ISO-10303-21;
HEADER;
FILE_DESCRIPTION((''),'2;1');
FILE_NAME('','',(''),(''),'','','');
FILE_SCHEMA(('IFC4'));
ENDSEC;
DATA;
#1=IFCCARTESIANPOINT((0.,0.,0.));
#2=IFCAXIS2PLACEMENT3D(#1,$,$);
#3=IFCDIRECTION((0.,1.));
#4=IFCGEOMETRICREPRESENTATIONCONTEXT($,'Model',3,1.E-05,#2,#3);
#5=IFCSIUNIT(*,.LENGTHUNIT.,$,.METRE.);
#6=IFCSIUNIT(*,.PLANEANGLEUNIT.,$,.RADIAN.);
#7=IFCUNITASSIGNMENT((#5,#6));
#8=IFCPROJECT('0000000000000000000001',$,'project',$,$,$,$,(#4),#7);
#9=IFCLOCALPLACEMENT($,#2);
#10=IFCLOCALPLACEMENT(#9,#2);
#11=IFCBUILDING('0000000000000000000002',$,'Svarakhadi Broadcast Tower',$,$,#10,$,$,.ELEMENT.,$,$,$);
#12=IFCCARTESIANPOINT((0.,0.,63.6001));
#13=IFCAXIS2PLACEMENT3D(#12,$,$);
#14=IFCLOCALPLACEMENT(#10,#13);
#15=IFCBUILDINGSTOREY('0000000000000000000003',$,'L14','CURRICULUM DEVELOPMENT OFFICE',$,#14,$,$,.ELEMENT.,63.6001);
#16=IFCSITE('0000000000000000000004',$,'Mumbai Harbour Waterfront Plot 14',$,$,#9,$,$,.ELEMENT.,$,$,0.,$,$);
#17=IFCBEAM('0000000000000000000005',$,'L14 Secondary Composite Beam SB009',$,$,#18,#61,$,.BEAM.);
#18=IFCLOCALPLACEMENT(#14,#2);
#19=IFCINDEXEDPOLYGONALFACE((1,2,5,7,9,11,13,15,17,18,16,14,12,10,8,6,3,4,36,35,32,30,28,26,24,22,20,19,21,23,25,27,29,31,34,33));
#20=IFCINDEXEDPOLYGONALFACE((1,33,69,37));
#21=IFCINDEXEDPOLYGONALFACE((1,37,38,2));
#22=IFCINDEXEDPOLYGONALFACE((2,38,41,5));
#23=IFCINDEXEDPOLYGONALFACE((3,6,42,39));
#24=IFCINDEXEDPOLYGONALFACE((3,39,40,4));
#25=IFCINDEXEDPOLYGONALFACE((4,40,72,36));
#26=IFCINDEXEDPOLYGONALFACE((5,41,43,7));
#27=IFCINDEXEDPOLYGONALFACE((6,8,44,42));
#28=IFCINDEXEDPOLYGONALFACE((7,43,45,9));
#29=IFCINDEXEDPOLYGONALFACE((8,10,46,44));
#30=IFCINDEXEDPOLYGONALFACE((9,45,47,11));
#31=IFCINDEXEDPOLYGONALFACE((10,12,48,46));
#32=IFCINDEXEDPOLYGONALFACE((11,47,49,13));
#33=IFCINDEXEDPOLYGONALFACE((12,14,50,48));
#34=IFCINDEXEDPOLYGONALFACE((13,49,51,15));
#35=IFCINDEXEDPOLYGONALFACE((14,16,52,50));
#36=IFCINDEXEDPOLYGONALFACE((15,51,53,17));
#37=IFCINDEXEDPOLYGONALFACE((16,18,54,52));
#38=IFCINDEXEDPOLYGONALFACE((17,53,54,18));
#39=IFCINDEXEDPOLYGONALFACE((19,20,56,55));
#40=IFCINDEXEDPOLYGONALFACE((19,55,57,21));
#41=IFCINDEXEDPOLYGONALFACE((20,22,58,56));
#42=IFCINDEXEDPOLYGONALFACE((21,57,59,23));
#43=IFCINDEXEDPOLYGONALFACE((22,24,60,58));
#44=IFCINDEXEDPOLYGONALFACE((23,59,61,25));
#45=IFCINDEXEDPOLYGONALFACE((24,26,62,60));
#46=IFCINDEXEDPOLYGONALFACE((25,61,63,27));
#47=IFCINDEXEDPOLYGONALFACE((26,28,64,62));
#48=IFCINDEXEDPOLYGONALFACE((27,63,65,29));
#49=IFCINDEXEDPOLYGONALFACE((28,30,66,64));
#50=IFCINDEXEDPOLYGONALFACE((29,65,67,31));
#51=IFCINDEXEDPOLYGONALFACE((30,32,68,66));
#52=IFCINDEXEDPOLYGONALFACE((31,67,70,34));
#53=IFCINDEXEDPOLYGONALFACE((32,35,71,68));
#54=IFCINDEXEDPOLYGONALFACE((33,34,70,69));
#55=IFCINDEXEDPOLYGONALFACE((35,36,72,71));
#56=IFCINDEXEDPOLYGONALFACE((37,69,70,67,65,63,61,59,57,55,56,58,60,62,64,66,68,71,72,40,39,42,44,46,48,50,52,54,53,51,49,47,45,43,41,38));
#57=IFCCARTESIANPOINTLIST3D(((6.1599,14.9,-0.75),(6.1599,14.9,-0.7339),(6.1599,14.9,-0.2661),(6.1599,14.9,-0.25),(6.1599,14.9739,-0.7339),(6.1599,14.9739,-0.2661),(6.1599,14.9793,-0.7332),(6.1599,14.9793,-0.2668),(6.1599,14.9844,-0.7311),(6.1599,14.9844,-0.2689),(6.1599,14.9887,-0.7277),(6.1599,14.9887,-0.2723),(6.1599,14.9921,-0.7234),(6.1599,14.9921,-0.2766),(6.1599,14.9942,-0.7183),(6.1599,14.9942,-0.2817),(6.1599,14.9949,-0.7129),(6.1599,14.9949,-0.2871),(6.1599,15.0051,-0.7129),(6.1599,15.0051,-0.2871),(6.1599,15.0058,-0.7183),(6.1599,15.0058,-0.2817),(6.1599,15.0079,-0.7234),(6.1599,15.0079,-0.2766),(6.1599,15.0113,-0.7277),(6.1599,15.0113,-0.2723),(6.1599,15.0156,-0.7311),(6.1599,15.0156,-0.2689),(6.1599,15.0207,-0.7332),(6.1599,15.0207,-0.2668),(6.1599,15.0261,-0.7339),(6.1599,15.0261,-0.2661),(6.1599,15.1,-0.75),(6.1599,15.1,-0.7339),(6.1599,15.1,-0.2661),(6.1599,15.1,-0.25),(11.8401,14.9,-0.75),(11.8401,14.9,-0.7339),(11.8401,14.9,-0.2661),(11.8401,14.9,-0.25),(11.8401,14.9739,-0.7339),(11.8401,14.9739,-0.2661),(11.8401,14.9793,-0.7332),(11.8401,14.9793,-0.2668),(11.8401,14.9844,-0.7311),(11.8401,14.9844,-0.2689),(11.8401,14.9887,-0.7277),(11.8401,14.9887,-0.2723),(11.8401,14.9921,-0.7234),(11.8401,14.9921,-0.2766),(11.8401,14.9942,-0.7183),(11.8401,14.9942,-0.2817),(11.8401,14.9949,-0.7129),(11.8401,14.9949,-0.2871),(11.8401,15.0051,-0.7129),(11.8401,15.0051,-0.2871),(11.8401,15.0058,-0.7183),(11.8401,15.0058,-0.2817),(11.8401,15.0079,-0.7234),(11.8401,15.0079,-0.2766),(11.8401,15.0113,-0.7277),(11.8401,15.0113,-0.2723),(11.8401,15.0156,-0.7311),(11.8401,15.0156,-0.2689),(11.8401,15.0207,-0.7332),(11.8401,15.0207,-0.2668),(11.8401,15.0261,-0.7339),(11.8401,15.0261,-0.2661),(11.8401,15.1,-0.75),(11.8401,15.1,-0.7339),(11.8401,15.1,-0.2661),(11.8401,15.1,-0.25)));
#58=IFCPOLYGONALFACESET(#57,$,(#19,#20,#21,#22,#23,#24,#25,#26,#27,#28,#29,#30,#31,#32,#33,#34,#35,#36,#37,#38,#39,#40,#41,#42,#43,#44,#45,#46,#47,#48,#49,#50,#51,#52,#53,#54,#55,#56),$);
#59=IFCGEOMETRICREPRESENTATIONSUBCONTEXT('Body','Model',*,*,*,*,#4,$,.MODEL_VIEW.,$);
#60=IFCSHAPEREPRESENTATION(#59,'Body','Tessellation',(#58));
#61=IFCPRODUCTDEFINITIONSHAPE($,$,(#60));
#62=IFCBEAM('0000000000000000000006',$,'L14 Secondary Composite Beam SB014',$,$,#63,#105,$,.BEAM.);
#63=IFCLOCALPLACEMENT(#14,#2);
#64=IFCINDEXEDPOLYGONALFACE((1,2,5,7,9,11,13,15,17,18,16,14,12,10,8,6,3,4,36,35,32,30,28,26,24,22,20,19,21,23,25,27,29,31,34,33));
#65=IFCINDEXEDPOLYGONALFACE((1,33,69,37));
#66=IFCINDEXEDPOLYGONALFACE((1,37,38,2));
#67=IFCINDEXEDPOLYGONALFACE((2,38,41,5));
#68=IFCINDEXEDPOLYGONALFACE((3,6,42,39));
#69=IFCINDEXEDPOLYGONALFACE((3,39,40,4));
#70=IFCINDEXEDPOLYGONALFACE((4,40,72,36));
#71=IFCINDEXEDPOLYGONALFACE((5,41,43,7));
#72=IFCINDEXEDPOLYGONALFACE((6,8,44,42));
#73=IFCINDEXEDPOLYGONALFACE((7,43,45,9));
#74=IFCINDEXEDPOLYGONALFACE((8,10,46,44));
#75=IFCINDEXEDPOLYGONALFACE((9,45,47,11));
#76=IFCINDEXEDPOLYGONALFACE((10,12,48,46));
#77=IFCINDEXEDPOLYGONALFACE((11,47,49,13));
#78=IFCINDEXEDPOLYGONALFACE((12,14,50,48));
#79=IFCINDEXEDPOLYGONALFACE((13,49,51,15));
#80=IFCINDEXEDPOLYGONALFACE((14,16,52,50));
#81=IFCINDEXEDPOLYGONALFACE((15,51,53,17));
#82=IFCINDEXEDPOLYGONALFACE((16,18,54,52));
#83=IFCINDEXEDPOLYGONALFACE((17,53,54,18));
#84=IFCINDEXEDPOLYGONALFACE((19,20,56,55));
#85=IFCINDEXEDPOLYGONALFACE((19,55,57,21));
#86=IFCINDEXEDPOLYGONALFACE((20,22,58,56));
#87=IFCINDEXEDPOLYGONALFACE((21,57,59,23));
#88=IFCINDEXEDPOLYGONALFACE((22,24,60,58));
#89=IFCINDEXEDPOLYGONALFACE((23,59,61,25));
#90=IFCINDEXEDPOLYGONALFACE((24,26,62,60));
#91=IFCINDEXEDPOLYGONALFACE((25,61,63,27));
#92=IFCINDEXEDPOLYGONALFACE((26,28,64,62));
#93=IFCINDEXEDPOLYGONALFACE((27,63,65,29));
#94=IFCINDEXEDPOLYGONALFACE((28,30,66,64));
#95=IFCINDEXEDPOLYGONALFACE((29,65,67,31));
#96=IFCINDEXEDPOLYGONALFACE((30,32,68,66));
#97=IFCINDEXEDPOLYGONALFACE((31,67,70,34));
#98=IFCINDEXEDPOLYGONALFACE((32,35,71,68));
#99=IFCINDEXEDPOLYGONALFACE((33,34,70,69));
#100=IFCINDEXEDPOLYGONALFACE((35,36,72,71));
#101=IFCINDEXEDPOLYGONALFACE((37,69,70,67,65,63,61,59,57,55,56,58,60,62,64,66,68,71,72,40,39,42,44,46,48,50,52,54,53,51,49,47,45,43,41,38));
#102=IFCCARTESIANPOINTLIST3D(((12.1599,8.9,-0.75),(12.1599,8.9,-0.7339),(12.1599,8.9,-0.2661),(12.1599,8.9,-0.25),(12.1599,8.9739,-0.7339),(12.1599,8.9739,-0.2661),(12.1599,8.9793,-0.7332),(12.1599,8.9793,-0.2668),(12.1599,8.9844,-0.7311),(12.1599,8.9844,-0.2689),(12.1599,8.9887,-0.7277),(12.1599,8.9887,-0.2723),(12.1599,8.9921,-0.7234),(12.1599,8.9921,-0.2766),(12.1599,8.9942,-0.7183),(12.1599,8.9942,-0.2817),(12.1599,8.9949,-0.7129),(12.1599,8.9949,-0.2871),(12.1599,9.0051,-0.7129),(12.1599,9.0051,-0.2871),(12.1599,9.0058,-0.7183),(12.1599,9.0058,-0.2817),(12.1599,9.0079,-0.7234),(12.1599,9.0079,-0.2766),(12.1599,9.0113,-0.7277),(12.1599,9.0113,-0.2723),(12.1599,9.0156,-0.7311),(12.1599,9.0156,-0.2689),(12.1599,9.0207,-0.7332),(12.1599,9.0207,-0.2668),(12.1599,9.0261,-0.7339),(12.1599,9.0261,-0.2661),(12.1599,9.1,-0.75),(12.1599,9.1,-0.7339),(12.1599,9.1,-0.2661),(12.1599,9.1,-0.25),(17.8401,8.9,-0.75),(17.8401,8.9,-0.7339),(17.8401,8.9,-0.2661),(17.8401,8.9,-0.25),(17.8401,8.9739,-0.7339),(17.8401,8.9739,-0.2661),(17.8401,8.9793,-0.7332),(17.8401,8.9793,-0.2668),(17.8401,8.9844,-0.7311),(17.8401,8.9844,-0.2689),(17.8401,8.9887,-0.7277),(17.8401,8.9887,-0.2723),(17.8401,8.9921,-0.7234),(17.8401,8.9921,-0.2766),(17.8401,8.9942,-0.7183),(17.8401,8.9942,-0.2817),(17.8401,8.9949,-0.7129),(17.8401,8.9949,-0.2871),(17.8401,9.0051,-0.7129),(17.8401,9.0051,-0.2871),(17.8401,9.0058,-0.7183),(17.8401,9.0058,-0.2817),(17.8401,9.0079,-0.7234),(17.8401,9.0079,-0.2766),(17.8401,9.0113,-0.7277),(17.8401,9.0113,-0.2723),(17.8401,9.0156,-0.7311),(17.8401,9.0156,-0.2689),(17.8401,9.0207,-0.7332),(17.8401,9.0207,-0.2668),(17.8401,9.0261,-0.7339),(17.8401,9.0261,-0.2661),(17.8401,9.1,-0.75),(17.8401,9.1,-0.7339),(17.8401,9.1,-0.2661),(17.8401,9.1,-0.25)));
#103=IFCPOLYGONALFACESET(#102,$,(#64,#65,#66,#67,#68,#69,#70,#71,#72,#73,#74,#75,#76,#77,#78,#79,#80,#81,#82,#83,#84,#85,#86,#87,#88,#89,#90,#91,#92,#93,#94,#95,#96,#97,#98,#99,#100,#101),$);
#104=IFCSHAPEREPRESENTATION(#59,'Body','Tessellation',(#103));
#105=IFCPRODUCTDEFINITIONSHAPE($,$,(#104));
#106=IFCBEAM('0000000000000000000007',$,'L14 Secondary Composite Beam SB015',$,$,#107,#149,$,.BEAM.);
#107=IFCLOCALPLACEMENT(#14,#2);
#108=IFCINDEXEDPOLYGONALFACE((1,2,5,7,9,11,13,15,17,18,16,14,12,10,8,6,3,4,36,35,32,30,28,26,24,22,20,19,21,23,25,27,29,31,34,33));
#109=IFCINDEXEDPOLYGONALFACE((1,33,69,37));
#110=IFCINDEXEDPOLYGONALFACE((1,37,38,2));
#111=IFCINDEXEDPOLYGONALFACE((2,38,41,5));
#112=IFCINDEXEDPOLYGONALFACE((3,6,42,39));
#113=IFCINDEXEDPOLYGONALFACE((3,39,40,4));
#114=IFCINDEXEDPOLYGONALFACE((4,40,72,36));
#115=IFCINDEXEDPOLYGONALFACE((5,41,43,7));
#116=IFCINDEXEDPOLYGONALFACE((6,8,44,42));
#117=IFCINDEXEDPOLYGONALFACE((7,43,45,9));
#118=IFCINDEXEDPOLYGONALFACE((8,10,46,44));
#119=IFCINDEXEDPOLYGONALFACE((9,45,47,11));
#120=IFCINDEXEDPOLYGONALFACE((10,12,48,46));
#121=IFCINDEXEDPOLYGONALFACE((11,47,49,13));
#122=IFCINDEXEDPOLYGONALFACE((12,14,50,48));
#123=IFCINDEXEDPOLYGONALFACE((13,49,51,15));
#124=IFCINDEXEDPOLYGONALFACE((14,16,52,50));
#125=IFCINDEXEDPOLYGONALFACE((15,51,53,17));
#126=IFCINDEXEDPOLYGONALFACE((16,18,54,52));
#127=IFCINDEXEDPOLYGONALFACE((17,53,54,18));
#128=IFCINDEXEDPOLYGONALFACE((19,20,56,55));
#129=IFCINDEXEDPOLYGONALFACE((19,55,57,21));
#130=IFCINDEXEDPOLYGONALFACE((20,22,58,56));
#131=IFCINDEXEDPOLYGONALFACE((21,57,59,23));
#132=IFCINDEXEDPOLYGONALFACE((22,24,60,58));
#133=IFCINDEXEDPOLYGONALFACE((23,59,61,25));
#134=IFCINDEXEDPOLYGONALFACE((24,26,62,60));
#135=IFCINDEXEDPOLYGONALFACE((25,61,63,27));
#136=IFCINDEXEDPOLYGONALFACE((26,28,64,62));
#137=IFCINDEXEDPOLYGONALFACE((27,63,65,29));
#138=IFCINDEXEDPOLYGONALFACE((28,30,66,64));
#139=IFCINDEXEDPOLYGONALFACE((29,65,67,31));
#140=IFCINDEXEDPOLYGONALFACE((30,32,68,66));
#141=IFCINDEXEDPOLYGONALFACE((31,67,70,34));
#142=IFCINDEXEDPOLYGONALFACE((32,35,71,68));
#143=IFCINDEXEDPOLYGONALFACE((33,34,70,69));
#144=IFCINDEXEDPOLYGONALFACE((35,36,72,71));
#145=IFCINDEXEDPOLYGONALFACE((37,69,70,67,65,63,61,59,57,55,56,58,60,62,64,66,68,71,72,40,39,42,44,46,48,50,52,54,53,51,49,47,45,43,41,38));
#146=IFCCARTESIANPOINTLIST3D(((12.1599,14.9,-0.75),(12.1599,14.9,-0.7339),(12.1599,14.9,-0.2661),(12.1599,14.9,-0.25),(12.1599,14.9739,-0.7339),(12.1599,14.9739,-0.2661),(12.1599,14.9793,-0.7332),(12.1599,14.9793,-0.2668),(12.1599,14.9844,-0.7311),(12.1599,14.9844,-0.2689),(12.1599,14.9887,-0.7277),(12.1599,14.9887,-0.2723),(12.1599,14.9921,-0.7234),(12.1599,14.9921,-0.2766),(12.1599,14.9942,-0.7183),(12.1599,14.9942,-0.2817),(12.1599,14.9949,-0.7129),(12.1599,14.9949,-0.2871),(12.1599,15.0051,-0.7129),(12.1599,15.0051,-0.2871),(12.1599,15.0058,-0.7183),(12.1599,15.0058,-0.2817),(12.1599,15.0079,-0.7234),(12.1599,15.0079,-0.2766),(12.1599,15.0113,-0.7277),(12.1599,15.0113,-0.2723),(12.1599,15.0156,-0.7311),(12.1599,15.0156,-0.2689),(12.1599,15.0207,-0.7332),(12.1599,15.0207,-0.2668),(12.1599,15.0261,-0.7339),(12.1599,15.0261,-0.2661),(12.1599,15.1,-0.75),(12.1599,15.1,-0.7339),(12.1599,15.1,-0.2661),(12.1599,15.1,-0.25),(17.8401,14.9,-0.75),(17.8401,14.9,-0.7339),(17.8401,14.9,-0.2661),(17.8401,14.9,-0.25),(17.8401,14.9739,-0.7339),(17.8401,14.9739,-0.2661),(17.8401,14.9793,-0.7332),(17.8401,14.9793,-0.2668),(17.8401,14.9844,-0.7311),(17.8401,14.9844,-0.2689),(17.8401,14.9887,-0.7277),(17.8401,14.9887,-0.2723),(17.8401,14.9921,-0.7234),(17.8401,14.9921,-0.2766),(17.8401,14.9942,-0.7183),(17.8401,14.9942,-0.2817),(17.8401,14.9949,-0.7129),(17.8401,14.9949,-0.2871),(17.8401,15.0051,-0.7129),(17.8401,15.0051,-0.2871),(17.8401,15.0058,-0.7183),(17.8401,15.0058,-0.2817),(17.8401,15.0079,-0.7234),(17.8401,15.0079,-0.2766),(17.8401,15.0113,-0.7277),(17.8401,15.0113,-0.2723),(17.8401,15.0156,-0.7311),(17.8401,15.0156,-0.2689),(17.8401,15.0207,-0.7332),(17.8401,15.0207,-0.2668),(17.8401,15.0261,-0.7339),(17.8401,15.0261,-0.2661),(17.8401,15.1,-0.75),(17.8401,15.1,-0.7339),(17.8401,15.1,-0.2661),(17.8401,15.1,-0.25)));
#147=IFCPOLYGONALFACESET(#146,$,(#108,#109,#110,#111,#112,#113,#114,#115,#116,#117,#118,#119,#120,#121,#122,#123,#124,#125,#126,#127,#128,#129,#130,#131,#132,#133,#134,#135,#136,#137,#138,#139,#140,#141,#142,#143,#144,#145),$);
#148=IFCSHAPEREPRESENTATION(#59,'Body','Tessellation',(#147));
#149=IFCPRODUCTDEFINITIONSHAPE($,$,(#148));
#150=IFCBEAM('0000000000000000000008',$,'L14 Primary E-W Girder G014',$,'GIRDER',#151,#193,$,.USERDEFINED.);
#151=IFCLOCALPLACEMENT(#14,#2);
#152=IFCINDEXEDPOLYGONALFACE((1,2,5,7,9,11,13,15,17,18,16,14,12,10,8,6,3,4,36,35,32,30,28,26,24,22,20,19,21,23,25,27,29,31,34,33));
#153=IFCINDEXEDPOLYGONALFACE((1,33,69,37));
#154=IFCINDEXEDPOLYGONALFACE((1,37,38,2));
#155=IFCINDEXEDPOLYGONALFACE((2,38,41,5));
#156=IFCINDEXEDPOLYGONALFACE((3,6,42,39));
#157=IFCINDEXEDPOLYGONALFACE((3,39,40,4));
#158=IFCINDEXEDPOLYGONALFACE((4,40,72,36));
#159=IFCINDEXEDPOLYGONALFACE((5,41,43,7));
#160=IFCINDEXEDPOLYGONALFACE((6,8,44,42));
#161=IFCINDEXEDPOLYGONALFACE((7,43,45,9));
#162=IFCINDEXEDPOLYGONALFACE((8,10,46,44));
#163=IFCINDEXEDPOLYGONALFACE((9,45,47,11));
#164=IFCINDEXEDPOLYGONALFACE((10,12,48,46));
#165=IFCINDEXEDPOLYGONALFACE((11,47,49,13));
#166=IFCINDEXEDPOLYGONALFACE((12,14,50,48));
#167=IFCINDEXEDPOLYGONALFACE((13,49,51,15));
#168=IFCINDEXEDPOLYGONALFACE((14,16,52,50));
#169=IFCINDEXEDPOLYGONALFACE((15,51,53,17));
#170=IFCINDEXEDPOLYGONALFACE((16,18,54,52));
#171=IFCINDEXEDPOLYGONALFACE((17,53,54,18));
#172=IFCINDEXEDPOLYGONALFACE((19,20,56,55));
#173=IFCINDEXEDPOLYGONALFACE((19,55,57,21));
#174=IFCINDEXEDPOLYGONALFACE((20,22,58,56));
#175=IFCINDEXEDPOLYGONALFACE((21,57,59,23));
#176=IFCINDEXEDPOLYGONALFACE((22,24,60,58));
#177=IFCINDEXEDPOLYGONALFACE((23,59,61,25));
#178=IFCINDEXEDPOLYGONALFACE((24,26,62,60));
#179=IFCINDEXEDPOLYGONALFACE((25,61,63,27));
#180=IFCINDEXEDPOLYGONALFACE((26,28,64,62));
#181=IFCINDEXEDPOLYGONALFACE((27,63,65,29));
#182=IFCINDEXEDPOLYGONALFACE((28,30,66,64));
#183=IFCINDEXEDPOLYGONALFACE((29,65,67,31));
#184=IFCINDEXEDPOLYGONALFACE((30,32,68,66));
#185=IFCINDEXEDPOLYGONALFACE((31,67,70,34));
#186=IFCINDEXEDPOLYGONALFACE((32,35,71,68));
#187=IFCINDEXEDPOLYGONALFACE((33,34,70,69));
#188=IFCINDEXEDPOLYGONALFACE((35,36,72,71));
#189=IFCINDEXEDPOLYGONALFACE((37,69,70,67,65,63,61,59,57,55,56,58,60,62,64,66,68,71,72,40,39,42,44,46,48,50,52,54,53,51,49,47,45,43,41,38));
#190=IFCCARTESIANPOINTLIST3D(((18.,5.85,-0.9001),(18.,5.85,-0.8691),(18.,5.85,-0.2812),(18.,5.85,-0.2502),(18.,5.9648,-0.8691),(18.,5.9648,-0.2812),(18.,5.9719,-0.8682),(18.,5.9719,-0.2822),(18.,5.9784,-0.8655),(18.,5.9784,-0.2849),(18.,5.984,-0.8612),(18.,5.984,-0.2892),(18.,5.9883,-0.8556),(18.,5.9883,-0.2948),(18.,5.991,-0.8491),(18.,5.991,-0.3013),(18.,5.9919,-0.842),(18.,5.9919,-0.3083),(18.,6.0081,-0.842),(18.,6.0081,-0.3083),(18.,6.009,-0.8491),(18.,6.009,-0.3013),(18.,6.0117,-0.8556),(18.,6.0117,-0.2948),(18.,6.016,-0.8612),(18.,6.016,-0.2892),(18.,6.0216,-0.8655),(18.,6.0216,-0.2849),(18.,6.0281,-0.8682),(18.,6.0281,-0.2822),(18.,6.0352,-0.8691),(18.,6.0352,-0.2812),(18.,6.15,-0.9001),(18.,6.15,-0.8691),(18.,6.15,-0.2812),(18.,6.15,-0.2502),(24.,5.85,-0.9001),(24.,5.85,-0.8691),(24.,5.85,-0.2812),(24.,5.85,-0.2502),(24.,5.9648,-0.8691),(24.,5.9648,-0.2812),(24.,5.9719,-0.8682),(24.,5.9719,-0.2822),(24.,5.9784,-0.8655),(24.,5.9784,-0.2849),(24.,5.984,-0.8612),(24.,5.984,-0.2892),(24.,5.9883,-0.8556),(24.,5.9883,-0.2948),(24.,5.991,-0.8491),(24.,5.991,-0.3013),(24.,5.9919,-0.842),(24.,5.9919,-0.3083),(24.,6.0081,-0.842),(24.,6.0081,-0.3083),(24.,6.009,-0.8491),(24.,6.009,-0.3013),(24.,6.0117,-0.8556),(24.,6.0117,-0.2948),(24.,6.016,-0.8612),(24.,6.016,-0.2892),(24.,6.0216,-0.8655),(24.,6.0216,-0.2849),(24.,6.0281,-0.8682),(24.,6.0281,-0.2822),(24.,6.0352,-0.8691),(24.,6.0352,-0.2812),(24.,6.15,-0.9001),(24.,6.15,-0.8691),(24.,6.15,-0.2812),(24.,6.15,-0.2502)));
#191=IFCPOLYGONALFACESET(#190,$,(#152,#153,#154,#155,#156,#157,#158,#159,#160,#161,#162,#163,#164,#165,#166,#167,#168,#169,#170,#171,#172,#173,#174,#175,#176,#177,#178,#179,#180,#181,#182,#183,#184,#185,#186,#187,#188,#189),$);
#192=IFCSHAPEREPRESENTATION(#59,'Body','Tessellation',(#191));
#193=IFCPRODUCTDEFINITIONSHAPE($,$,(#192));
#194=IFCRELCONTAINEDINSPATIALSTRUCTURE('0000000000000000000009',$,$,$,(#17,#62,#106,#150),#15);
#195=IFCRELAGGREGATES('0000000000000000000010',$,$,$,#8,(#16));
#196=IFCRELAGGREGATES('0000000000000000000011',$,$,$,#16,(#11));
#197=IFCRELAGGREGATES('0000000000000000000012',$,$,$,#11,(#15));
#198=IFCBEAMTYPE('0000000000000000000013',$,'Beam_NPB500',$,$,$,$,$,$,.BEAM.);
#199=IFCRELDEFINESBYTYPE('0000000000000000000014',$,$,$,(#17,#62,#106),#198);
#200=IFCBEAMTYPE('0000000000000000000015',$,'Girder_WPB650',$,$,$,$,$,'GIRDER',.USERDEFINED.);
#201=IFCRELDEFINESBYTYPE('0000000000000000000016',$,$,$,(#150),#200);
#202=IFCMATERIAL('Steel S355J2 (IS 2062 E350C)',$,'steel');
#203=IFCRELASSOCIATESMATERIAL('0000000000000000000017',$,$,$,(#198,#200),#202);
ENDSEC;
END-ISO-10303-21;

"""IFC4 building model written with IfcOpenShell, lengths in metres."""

from ifc_helpers import new_model, si_unit, direction, frame, origin, origin_2d, place, context, subcontext, project, spatial, i_section, extrude, material, material_profile, profile_set, type_object, element, save


model = new_model("IFC4")

# Units and contexts
model_context = context("Model", 3, precision=1e-05, world=origin(), true_north=direction((0.0, 1.0)))
body_context = subcontext(model_context, "Body", "Model", "MODEL_VIEW")
ifc_project = project(units=[si_unit("LENGTHUNIT", "METRE"), si_unit("PLANEANGLEUNIT", "RADIAN")], contexts=[model_context])

# Site, building, storey
site_placement = place(None, origin())
site = spatial("IfcSite", under=ifc_project, at=site_placement, Name="Mumbai Harbour Waterfront Plot 14", CompositionType="ELEMENT", RefElevation=0.0)
building_placement = place(site_placement, origin())
building = spatial("IfcBuilding", under=site, at=building_placement, Name="Svarakhadi Broadcast Tower", CompositionType="ELEMENT")
storey_placement = place(building_placement, frame((0.0, 0.0, 63.6001)))
storey = spatial("IfcBuildingStorey", under=building, at=storey_placement, Name="L14", Description="CURRICULUM DEVELOPMENT OFFICE", CompositionType="ELEMENT", Elevation=63.6001)

# Beams
ifc_material_1 = material(Name="Steel S355J2 (IS 2062 E350C)", Category="steel")
ifc_material_profile_1 = material_profile(ifc_material_1, i_section(OverallWidth=0.2, OverallDepth=0.5, WebThickness=0.0103, FlangeThickness=0.0161, FilletRadius=0.021, at=origin_2d()), Name="NPB 500x200x91")
ifc_profile_set_1 = profile_set([ifc_material_profile_1], Name="Steel S355J2 (IS 2062 E350C)")
beam_type_1 = type_object("IfcBeamType", Name="Beam_NPB500", PredefinedType="BEAM", material=ifc_profile_set_1)
for number, where, z_axis, x_axis, name in (
    (1, (6.1599, 15.0, -0.5), (1.0, 0.0, 0.0), (0.0, 1.0, 0.0), "L14 Secondary Composite Beam SB009"),
    (2, (12.1599, 9.0, -0.5), (1.0, 0.0, 0.0), (0.0, 1.0, 0.0), "L14 Secondary Composite Beam SB014"),
    (3, (12.1599, 15.0, -0.5), (1.0, 0.0, 0.0), (0.0, 1.0, 0.0), "L14 Secondary Composite Beam SB015"),
):
    element("IfcBeam", number, at=place(storey_placement, frame(where, z_axis=z_axis, x_axis=x_axis)), inside=storey, type_object=beam_type_1, Name=name, PredefinedType="BEAM", context=body_context, shape_type="SweptSolid", body=[
        extrude(i_section(OverallWidth=0.2, OverallDepth=0.5, WebThickness=0.0103, FlangeThickness=0.0161, FilletRadius=0.021, at=origin_2d()), origin(), (0.0, 0.0, 1.0), 5.6802),
    ])
ifc_material_profile_2 = material_profile(ifc_material_1, i_section(OverallWidth=0.3, OverallDepth=0.6499, WebThickness=0.0161, FlangeThickness=0.031, FilletRadius=0.0271, at=origin_2d()), Name="WPB 650x300x225")
ifc_profile_set_2 = profile_set([ifc_material_profile_2], Name="Steel S355J2 (IS 2062 E350C)")
beam_type_2 = type_object("IfcBeamType", Name="Girder_WPB650", ElementType="GIRDER", PredefinedType="USERDEFINED", material=ifc_profile_set_2)
for number, where, z_axis, x_axis, name in (
    (4, (18.0, 6.0, -0.5752), (1.0, 0.0, 0.0), (0.0, 1.0, 0.0), "L14 Primary E-W Girder G014"),
):
    element("IfcBeam", number, at=place(storey_placement, frame(where, z_axis=z_axis, x_axis=x_axis)), inside=storey, type_object=beam_type_2, Name=name, ObjectType="GIRDER", PredefinedType="USERDEFINED", context=body_context, shape_type="SweptSolid", body=[
        extrude(i_section(OverallWidth=0.3, OverallDepth=0.6499, WebThickness=0.0161, FlangeThickness=0.031, FilletRadius=0.0271, at=origin_2d()), origin(), (0.0, 0.0, 1.0), 6.0),
    ])

save(model, "model.ifc")
